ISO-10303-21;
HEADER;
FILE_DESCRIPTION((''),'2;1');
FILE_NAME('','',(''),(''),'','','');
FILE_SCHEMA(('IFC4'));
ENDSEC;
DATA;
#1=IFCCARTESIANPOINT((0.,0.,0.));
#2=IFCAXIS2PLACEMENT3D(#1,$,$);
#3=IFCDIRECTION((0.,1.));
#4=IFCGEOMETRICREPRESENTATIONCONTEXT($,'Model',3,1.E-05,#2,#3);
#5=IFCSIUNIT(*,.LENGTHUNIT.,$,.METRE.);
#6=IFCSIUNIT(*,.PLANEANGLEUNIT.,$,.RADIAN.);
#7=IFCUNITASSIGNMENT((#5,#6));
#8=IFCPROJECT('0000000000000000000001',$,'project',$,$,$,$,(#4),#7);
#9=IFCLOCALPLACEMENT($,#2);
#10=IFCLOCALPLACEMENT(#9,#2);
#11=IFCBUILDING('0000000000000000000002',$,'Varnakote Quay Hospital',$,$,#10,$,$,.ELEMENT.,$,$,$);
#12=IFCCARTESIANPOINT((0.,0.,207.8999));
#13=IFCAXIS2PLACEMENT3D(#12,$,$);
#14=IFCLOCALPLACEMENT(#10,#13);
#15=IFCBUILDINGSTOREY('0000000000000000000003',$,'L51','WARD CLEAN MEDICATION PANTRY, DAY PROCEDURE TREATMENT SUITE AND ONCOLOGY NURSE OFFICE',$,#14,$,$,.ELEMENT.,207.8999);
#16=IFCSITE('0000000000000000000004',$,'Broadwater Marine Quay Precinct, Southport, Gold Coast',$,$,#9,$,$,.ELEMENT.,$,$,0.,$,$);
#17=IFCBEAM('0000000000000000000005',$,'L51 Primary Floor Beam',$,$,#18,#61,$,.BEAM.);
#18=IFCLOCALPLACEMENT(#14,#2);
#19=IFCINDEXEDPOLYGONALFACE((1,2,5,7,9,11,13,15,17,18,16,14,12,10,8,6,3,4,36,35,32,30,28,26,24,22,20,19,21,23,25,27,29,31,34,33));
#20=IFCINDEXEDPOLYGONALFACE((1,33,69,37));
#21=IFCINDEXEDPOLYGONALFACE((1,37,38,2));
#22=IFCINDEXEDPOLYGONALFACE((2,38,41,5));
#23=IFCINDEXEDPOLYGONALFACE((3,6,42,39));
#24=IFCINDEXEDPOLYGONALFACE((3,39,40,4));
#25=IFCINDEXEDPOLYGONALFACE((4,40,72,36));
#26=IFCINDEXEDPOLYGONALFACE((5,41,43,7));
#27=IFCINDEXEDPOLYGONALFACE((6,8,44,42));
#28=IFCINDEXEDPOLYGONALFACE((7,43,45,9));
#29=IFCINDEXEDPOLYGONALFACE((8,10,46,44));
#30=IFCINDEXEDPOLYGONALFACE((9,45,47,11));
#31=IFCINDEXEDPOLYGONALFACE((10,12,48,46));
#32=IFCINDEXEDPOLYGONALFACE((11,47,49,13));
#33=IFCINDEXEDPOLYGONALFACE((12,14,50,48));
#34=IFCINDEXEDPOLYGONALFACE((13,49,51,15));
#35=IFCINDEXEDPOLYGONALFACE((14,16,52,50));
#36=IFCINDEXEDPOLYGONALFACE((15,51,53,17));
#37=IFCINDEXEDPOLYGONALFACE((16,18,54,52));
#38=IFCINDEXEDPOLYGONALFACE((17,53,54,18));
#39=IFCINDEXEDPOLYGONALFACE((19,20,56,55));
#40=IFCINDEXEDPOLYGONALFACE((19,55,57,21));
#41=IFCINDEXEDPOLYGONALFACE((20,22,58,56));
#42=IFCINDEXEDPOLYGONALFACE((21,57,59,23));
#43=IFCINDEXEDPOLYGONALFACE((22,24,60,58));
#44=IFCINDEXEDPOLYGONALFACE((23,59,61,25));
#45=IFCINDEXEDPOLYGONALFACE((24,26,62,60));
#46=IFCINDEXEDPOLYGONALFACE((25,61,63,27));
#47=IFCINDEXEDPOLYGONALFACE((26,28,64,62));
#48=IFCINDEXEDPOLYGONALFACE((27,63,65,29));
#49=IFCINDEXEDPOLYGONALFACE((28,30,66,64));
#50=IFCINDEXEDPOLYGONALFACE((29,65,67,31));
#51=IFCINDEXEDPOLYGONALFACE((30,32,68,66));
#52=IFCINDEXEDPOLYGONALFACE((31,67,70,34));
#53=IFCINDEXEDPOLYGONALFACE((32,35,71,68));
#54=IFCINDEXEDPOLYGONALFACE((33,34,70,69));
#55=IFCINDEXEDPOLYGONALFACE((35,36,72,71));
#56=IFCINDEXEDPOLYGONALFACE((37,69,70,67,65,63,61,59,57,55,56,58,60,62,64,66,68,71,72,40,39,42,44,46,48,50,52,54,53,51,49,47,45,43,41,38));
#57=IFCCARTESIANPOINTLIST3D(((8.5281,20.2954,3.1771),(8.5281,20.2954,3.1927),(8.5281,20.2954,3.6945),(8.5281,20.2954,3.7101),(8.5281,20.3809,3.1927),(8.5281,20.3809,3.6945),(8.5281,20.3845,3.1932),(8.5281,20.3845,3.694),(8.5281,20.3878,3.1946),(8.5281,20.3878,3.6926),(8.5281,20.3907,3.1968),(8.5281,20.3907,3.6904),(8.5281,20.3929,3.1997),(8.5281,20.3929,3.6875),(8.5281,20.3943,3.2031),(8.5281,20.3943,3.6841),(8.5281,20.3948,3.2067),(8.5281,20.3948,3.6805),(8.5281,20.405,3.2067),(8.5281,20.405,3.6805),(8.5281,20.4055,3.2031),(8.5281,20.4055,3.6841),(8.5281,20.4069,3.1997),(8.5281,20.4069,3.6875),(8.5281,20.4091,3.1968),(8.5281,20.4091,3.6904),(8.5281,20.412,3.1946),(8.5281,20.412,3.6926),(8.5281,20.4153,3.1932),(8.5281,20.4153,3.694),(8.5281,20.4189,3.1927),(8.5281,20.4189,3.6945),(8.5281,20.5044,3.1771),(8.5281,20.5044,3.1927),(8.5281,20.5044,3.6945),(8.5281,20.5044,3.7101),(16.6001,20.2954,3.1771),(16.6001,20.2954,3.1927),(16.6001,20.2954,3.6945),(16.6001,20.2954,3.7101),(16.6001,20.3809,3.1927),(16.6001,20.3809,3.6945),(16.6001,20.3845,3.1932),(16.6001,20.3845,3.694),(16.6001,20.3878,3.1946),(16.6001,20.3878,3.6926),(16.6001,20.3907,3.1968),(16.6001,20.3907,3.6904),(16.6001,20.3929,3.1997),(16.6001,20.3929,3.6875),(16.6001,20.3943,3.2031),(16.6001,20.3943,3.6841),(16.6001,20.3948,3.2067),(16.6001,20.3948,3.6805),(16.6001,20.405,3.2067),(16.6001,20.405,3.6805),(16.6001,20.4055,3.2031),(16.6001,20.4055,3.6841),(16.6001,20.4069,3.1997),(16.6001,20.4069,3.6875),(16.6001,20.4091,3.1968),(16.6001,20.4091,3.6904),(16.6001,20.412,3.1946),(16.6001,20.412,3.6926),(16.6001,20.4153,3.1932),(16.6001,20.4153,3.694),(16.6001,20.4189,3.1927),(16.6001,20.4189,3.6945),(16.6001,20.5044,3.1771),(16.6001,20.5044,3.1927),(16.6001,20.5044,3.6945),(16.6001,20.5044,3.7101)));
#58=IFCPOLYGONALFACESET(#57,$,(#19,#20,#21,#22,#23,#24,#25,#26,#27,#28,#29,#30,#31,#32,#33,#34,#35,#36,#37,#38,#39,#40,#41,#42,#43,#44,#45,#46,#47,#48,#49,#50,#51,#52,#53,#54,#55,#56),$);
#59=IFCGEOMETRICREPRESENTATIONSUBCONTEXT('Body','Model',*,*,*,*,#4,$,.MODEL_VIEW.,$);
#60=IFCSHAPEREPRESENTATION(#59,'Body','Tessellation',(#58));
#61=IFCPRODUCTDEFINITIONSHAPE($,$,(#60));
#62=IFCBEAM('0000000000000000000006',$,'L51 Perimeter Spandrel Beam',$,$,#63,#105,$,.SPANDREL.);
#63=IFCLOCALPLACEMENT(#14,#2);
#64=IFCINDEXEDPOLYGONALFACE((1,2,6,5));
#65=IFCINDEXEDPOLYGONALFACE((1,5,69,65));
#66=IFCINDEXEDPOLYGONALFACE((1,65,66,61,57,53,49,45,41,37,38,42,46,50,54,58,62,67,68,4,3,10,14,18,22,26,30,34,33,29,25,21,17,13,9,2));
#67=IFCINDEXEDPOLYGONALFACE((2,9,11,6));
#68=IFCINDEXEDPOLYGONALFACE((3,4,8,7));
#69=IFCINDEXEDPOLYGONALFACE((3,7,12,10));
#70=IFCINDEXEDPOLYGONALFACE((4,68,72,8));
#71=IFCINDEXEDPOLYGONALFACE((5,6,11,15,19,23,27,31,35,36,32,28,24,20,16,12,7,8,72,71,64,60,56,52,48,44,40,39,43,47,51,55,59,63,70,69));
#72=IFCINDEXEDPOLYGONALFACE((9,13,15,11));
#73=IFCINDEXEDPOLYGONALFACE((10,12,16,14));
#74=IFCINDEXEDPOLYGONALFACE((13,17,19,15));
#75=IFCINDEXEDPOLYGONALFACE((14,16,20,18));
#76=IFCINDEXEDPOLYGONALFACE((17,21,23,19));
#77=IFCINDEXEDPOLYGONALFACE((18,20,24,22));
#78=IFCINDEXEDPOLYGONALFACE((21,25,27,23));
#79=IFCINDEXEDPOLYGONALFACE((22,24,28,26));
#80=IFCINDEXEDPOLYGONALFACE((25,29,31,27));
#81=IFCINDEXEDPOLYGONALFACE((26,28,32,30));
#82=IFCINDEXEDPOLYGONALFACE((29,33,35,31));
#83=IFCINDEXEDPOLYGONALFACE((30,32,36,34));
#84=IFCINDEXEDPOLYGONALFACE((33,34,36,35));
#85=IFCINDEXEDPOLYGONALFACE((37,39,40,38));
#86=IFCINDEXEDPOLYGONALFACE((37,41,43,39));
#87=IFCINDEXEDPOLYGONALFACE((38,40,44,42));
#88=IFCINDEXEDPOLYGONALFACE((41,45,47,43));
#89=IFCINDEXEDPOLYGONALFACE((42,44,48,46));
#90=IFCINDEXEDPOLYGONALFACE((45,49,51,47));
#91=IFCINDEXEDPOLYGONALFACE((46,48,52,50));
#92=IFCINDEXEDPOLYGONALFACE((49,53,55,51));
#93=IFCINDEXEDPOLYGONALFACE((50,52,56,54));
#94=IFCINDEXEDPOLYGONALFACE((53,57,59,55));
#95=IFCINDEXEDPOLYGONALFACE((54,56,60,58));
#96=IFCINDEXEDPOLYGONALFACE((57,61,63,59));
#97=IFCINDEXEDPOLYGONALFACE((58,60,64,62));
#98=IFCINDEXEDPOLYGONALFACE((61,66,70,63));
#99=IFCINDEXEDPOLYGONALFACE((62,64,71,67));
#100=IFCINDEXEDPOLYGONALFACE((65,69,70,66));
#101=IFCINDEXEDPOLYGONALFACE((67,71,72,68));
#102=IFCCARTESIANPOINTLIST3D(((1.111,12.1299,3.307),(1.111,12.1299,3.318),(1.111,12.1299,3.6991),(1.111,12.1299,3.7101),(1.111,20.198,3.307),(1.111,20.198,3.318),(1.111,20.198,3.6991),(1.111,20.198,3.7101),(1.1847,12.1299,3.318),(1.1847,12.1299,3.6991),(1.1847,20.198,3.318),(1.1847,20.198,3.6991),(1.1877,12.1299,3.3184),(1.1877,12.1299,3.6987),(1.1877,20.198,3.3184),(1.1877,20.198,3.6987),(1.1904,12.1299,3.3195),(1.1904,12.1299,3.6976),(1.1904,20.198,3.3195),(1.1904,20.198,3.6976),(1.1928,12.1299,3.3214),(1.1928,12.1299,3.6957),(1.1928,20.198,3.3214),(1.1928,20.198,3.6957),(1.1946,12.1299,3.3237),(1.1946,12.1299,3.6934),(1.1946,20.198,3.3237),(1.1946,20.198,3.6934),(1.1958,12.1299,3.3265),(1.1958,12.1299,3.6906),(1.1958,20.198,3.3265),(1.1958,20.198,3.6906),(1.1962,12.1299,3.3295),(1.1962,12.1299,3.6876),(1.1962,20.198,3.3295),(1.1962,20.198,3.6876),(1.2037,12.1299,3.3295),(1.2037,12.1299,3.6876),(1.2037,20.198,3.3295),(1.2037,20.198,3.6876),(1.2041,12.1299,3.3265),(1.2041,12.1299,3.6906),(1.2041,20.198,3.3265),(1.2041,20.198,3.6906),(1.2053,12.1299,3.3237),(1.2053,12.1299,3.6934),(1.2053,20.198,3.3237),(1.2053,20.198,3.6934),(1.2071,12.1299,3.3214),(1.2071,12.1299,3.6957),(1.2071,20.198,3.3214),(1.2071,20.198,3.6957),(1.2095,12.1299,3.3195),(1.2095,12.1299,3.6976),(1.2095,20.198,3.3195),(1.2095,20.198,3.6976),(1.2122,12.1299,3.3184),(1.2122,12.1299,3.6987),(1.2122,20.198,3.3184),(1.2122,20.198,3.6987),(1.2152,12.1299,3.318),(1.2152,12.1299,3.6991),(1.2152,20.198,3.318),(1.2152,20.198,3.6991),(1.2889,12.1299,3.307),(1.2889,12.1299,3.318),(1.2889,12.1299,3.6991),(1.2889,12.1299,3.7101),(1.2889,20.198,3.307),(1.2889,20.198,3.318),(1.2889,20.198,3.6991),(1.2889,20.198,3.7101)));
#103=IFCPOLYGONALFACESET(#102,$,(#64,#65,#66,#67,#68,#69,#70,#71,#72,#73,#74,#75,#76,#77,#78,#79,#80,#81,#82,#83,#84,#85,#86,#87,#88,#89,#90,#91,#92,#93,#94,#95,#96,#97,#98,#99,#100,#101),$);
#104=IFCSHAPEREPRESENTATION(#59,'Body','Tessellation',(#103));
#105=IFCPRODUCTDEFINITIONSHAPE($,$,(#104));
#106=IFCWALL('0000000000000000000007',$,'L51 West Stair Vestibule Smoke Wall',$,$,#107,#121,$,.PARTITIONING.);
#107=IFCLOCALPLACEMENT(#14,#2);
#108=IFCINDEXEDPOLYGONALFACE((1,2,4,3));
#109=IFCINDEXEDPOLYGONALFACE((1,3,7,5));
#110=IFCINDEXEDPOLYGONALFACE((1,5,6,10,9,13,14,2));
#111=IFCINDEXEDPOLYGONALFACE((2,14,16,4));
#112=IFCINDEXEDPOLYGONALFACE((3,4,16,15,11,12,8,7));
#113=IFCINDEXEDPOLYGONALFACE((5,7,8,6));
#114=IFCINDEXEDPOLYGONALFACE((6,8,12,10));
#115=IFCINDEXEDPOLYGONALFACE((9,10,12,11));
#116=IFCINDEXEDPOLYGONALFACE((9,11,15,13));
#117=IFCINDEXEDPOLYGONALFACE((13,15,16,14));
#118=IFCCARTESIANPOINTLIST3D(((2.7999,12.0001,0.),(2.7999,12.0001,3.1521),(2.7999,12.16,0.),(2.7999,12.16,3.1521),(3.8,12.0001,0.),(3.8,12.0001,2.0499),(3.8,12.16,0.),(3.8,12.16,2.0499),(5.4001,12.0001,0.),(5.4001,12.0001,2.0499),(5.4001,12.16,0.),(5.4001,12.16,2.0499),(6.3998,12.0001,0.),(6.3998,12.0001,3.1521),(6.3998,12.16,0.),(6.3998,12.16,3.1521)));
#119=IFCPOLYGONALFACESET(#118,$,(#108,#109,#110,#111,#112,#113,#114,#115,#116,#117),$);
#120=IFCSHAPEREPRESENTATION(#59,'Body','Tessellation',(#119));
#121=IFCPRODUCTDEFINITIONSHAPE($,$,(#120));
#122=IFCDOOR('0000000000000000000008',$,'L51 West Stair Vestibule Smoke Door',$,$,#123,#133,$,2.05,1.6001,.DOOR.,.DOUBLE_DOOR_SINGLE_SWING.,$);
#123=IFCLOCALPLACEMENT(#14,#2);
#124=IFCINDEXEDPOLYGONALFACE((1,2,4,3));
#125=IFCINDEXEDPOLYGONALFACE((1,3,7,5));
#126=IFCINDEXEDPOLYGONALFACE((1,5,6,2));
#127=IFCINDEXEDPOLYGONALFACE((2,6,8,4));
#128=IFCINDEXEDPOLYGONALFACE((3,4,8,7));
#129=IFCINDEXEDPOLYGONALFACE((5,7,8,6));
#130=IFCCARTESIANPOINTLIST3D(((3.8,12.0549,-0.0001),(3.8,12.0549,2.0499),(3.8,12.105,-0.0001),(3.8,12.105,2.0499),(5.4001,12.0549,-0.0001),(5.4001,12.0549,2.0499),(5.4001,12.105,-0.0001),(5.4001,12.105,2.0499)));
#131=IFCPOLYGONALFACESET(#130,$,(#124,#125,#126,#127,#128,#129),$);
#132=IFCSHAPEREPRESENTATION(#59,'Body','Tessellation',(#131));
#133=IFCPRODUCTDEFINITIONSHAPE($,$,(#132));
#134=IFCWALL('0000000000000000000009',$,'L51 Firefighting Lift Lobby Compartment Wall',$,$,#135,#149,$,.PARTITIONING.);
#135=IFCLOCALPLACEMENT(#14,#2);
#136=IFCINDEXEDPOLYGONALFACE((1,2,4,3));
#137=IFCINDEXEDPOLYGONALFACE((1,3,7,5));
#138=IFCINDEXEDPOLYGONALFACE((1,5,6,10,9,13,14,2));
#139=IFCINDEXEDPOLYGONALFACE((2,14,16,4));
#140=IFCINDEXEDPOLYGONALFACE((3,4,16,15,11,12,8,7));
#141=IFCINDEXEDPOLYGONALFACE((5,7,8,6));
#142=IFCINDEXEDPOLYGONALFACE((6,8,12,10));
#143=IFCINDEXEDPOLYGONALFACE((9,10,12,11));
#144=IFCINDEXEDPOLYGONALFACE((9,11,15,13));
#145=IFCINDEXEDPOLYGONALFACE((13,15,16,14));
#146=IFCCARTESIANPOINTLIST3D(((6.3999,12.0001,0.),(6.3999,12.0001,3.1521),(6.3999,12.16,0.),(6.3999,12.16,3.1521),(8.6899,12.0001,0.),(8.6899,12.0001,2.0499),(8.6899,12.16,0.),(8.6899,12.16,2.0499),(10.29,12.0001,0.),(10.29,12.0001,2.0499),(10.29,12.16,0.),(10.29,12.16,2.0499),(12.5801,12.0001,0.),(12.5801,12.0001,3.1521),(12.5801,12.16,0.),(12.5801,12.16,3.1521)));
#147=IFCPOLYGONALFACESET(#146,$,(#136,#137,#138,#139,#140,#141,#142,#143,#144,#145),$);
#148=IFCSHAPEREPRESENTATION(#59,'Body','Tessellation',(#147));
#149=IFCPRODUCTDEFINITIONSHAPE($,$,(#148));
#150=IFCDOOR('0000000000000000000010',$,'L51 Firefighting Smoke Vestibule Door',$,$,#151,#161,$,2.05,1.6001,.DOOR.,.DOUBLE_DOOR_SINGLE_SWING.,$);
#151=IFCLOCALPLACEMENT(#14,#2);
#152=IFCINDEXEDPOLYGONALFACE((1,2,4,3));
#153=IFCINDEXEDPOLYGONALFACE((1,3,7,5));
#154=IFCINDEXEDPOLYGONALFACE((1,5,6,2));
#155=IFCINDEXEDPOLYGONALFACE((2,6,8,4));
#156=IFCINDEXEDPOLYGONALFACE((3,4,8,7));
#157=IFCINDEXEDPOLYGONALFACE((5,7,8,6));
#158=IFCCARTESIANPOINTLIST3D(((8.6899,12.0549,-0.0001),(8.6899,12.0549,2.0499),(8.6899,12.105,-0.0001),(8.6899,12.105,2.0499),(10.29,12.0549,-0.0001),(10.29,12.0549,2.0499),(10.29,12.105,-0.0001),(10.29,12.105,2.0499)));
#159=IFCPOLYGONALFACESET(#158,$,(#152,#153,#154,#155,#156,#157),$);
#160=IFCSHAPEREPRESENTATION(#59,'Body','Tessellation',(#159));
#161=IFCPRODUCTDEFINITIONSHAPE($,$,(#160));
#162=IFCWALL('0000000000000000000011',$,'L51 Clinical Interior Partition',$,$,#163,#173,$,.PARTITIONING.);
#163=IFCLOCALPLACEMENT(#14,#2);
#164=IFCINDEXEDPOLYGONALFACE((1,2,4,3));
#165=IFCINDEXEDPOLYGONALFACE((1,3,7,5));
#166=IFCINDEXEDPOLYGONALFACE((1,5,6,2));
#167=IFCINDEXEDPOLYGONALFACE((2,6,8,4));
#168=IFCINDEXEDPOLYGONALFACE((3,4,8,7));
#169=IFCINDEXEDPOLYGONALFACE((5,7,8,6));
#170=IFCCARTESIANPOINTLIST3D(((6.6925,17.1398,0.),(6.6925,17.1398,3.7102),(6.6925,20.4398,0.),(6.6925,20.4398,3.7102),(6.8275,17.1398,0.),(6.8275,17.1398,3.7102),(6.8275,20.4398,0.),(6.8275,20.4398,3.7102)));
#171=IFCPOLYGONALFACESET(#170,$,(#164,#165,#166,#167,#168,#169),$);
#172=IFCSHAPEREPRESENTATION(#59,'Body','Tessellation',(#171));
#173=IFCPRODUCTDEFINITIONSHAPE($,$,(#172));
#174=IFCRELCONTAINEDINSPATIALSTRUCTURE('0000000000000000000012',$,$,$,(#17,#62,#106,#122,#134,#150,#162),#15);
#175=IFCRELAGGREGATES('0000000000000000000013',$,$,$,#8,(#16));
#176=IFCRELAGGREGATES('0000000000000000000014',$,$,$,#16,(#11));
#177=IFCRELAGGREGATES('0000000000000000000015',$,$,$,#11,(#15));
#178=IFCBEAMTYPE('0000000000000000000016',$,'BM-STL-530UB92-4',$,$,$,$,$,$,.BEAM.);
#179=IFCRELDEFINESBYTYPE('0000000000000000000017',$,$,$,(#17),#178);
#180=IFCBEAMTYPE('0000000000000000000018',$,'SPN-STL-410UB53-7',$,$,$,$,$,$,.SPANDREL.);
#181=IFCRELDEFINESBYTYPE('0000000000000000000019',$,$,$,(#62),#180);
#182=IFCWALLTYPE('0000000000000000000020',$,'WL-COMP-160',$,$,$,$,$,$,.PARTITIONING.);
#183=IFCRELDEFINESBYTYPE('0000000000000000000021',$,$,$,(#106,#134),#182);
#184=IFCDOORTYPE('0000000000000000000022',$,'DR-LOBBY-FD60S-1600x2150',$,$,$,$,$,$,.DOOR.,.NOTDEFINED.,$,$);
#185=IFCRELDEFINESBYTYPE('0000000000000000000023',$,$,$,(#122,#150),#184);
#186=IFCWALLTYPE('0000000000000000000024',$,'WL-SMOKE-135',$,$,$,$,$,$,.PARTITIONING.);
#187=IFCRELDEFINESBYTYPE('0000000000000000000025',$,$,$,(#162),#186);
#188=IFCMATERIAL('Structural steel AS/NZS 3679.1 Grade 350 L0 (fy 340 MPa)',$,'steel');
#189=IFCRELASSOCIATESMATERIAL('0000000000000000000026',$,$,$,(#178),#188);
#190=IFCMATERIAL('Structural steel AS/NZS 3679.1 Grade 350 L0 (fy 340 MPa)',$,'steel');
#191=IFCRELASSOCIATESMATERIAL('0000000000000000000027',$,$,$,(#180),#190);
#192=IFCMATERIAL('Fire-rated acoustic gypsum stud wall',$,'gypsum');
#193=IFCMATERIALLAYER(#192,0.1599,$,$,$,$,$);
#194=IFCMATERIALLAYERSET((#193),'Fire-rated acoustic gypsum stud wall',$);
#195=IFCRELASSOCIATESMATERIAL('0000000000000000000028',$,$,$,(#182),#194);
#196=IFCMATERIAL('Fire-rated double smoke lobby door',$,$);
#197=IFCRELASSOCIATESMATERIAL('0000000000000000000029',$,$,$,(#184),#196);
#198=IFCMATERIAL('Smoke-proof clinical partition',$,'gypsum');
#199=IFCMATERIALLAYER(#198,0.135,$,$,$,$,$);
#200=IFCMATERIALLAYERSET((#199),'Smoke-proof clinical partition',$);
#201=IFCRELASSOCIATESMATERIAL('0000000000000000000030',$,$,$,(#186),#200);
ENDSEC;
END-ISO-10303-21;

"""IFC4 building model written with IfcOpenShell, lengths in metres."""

from ifc_helpers import new_model, si_unit, direction, frame, frame_2d, origin, origin_2d, place, context, subcontext, project, spatial, rectangle, i_section, extrude, material, layer, layer_set, material_profile, profile_set, type_object, element, fill, save


model = new_model("IFC4")

# Units and contexts
model_context = context("Model", 3, precision=1e-05, world=origin(), true_north=direction((0.0, 1.0)))
body_context = subcontext(model_context, "Body", "Model", "MODEL_VIEW")
ifc_project = project(units=[si_unit("LENGTHUNIT", "METRE"), si_unit("PLANEANGLEUNIT", "RADIAN")], contexts=[model_context])

# Site, building, storey
site_placement = place(None, origin())
site = spatial("IfcSite", under=ifc_project, at=site_placement, Name="Broadwater Marine Quay Precinct, Southport, Gold Coast", CompositionType="ELEMENT", RefElevation=0.0)
building_placement = place(site_placement, origin())
building = spatial("IfcBuilding", under=site, at=building_placement, Name="Varnakote Quay Hospital", CompositionType="ELEMENT")
storey_placement = place(building_placement, frame((0.0, 0.0, 207.8999)))
storey = spatial("IfcBuildingStorey", under=building, at=storey_placement, Name="L51", Description="WARD CLEAN MEDICATION PANTRY, DAY PROCEDURE TREATMENT SUITE AND ONCOLOGY NURSE OFFICE", CompositionType="ELEMENT", Elevation=207.8999)

# Beams
ifc_material_1 = material(Name="Structural steel AS/NZS 3679.1 Grade 350 L0 (fy 340 MPa)", Category="steel")
ifc_material_profile_1 = material_profile(ifc_material_1, i_section(OverallWidth=0.209, OverallDepth=0.533, WebThickness=0.0103, FlangeThickness=0.0156, FilletRadius=0.0139, at=origin_2d()), Name="530UB92.4")
ifc_profile_set_1 = profile_set([ifc_material_profile_1], Name="Structural steel AS/NZS 3679.1 Grade 350 L0 (fy 340 MPa)")
beam_type_1 = type_object("IfcBeamType", Name="BM-STL-530UB92-4", PredefinedType="BEAM", material=ifc_profile_set_1)
beam_1_placement = place(storey_placement, frame((8.5281, 20.3999, 3.4436), z_axis=(1.0, 0.0, 0.0), x_axis=(0.0, 1.0, 0.0)))
element("IfcBeam", 1, at=beam_1_placement, inside=storey, type_object=beam_type_1, Name="L51 Primary Floor Beam", PredefinedType="BEAM", context=body_context, shape_type="SweptSolid", body=[
    extrude(i_section(OverallWidth=0.209, OverallDepth=0.533, WebThickness=0.0103, FlangeThickness=0.0156, FilletRadius=0.0139, at=origin_2d()), origin(), (0.0, 0.0, 1.0), 8.072),
])
ifc_material_2 = material(Name="Structural steel AS/NZS 3679.1 Grade 350 L0 (fy 340 MPa)", Category="steel")
ifc_material_profile_2 = material_profile(ifc_material_2, i_section(OverallWidth=0.178, OverallDepth=0.4031, WebThickness=0.0076, FlangeThickness=0.011, FilletRadius=0.0115, at=origin_2d()), Name="410UB53.7")
ifc_profile_set_2 = profile_set([ifc_material_profile_2], Name="Structural steel AS/NZS 3679.1 Grade 350 L0 (fy 340 MPa)")
beam_type_2 = type_object("IfcBeamType", Name="SPN-STL-410UB53-7", PredefinedType="SPANDREL", material=ifc_profile_set_2)
beam_2_placement = place(storey_placement, frame((1.2, 12.1299, 3.5085), z_axis=(0.0, 1.0, 0.0), x_axis=(-1.0, 0.0, 0.0)))
element("IfcBeam", 2, at=beam_2_placement, inside=storey, type_object=beam_type_2, Name="L51 Perimeter Spandrel Beam", PredefinedType="SPANDREL", context=body_context, shape_type="SweptSolid", body=[
    extrude(i_section(OverallWidth=0.178, OverallDepth=0.4031, WebThickness=0.0076, FlangeThickness=0.011, FilletRadius=0.0115, at=origin_2d()), origin(), (0.0, 0.0, 1.0), 8.0681),
])

# Walls, openings, doors
ifc_material_3 = material(Name="Fire-rated acoustic gypsum stud wall", Category="gypsum")
ifc_layer_1 = layer(ifc_material_3, 0.1599)
ifc_layer_set_1 = layer_set([ifc_layer_1], Name="Fire-rated acoustic gypsum stud wall")
wall_type_1 = type_object("IfcWallType", Name="WL-COMP-160", PredefinedType="PARTITIONING", material=ifc_layer_set_1)
wall_1_placement = place(storey_placement, frame((2.8, 12.0801, 0.0), z_axis=(0.0, 0.0, 1.0), x_axis=(1.0, 0.0, 0.0)))
wall_1 = element("IfcWall", 3, at=wall_1_placement, inside=storey, type_object=wall_type_1, Name="L51 West Stair Vestibule Smoke Wall", PredefinedType="PARTITIONING", context=body_context, shape_type="SweptSolid", body=[
    extrude(rectangle(XDim=3.5999, YDim=0.1599, at=frame_2d((1.7998, 0.0))), origin(), (0.0, 0.0, 1.0), 3.1521),
])
opening_1_placement = place(wall_1_placement, frame((1.0, 0.0, 0.0)))
opening_1 = element("IfcOpeningElement", 4, at=opening_1_placement, cuts=wall_1, PredefinedType="OPENING", context=body_context, shape_type="SweptSolid", body=[
    extrude(rectangle(XDim=1.6001, YDim=2.05, at=frame_2d((0.8, 1.0249))), frame((0.0, 0.0898, 0.0), z_axis=(0.0, -1.0, 0.0), x_axis=(1.0, 0.0, 0.0)), (0.0, 0.0, 1.0), 0.1799),
])
ifc_material_4 = material(Name="Fire-rated double smoke lobby door")
door_type_1 = type_object("IfcDoorType", Name="DR-LOBBY-FD60S-1600x2150", OperationType="NOTDEFINED", PredefinedType="DOOR", material=ifc_material_4)
door_1_placement = place(opening_1_placement, origin())
door_1 = element("IfcDoor", 5, at=door_1_placement, inside=storey, type_object=door_type_1, Name="L51 West Stair Vestibule Smoke Door", OperationType="DOUBLE_DOOR_SINGLE_SWING", OverallHeight=2.05, OverallWidth=1.6001, PredefinedType="DOOR", context=body_context, shape_type="SweptSolid", body=[
    extrude(rectangle(XDim=1.6001, YDim=2.05, at=frame_2d((0.8, 1.0249))), frame((0.0, 0.0249, 0.0), z_axis=(0.0, -1.0, 0.0), x_axis=(1.0, 0.0, 0.0)), (0.0, 0.0, 1.0), 0.05),
])
fill(opening_1, door_1)
wall_2_placement = place(storey_placement, frame((6.3999, 12.0801, 0.0), z_axis=(0.0, 0.0, 1.0), x_axis=(1.0, 0.0, 0.0)))
wall_2 = element("IfcWall", 6, at=wall_2_placement, inside=storey, type_object=wall_type_1, Name="L51 Firefighting Lift Lobby Compartment Wall", PredefinedType="PARTITIONING", context=body_context, shape_type="SweptSolid", body=[
    extrude(rectangle(XDim=6.1802, YDim=0.1599, at=frame_2d((3.0901, 0.0))), origin(), (0.0, 0.0, 1.0), 3.1521),
])
opening_2_placement = place(wall_2_placement, frame((2.29, 0.0, 0.0)))
opening_2 = element("IfcOpeningElement", 7, at=opening_2_placement, cuts=wall_2, PredefinedType="OPENING", context=body_context, shape_type="SweptSolid", body=[
    extrude(rectangle(XDim=1.6001, YDim=2.05, at=frame_2d((0.8, 1.0249))), frame((0.0, 0.0898, 0.0), z_axis=(0.0, -1.0, 0.0), x_axis=(1.0, 0.0, 0.0)), (0.0, 0.0, 1.0), 0.1799),
])
door_2_placement = place(opening_2_placement, origin())
door_2 = element("IfcDoor", 8, at=door_2_placement, inside=storey, type_object=door_type_1, Name="L51 Firefighting Smoke Vestibule Door", OperationType="DOUBLE_DOOR_SINGLE_SWING", OverallHeight=2.05, OverallWidth=1.6001, PredefinedType="DOOR", context=body_context, shape_type="SweptSolid", body=[
    extrude(rectangle(XDim=1.6001, YDim=2.05, at=frame_2d((0.8, 1.0249))), frame((0.0, 0.0249, 0.0), z_axis=(0.0, -1.0, 0.0), x_axis=(1.0, 0.0, 0.0)), (0.0, 0.0, 1.0), 0.05),
])
fill(opening_2, door_2)

# Wall
ifc_material_5 = material(Name="Smoke-proof clinical partition", Category="gypsum")
ifc_layer_2 = layer(ifc_material_5, 0.135)
ifc_layer_set_2 = layer_set([ifc_layer_2], Name="Smoke-proof clinical partition")
wall_type_2 = type_object("IfcWallType", Name="WL-SMOKE-135", PredefinedType="PARTITIONING", material=ifc_layer_set_2)
wall_3_placement = place(storey_placement, frame((6.76, 17.1399, 0.0), z_axis=(0.0, 0.0, 1.0), x_axis=(0.0, 1.0, 0.0)))
element("IfcWall", 9, at=wall_3_placement, inside=storey, type_object=wall_type_2, Name="L51 Clinical Interior Partition", PredefinedType="PARTITIONING", context=body_context, shape_type="SweptSolid", body=[
    extrude(rectangle(XDim=3.3, YDim=0.135, at=frame_2d((1.6499, 0.0))), origin(), (0.0, 0.0, 1.0), 3.7102),
])

save(model, "model.ifc")
